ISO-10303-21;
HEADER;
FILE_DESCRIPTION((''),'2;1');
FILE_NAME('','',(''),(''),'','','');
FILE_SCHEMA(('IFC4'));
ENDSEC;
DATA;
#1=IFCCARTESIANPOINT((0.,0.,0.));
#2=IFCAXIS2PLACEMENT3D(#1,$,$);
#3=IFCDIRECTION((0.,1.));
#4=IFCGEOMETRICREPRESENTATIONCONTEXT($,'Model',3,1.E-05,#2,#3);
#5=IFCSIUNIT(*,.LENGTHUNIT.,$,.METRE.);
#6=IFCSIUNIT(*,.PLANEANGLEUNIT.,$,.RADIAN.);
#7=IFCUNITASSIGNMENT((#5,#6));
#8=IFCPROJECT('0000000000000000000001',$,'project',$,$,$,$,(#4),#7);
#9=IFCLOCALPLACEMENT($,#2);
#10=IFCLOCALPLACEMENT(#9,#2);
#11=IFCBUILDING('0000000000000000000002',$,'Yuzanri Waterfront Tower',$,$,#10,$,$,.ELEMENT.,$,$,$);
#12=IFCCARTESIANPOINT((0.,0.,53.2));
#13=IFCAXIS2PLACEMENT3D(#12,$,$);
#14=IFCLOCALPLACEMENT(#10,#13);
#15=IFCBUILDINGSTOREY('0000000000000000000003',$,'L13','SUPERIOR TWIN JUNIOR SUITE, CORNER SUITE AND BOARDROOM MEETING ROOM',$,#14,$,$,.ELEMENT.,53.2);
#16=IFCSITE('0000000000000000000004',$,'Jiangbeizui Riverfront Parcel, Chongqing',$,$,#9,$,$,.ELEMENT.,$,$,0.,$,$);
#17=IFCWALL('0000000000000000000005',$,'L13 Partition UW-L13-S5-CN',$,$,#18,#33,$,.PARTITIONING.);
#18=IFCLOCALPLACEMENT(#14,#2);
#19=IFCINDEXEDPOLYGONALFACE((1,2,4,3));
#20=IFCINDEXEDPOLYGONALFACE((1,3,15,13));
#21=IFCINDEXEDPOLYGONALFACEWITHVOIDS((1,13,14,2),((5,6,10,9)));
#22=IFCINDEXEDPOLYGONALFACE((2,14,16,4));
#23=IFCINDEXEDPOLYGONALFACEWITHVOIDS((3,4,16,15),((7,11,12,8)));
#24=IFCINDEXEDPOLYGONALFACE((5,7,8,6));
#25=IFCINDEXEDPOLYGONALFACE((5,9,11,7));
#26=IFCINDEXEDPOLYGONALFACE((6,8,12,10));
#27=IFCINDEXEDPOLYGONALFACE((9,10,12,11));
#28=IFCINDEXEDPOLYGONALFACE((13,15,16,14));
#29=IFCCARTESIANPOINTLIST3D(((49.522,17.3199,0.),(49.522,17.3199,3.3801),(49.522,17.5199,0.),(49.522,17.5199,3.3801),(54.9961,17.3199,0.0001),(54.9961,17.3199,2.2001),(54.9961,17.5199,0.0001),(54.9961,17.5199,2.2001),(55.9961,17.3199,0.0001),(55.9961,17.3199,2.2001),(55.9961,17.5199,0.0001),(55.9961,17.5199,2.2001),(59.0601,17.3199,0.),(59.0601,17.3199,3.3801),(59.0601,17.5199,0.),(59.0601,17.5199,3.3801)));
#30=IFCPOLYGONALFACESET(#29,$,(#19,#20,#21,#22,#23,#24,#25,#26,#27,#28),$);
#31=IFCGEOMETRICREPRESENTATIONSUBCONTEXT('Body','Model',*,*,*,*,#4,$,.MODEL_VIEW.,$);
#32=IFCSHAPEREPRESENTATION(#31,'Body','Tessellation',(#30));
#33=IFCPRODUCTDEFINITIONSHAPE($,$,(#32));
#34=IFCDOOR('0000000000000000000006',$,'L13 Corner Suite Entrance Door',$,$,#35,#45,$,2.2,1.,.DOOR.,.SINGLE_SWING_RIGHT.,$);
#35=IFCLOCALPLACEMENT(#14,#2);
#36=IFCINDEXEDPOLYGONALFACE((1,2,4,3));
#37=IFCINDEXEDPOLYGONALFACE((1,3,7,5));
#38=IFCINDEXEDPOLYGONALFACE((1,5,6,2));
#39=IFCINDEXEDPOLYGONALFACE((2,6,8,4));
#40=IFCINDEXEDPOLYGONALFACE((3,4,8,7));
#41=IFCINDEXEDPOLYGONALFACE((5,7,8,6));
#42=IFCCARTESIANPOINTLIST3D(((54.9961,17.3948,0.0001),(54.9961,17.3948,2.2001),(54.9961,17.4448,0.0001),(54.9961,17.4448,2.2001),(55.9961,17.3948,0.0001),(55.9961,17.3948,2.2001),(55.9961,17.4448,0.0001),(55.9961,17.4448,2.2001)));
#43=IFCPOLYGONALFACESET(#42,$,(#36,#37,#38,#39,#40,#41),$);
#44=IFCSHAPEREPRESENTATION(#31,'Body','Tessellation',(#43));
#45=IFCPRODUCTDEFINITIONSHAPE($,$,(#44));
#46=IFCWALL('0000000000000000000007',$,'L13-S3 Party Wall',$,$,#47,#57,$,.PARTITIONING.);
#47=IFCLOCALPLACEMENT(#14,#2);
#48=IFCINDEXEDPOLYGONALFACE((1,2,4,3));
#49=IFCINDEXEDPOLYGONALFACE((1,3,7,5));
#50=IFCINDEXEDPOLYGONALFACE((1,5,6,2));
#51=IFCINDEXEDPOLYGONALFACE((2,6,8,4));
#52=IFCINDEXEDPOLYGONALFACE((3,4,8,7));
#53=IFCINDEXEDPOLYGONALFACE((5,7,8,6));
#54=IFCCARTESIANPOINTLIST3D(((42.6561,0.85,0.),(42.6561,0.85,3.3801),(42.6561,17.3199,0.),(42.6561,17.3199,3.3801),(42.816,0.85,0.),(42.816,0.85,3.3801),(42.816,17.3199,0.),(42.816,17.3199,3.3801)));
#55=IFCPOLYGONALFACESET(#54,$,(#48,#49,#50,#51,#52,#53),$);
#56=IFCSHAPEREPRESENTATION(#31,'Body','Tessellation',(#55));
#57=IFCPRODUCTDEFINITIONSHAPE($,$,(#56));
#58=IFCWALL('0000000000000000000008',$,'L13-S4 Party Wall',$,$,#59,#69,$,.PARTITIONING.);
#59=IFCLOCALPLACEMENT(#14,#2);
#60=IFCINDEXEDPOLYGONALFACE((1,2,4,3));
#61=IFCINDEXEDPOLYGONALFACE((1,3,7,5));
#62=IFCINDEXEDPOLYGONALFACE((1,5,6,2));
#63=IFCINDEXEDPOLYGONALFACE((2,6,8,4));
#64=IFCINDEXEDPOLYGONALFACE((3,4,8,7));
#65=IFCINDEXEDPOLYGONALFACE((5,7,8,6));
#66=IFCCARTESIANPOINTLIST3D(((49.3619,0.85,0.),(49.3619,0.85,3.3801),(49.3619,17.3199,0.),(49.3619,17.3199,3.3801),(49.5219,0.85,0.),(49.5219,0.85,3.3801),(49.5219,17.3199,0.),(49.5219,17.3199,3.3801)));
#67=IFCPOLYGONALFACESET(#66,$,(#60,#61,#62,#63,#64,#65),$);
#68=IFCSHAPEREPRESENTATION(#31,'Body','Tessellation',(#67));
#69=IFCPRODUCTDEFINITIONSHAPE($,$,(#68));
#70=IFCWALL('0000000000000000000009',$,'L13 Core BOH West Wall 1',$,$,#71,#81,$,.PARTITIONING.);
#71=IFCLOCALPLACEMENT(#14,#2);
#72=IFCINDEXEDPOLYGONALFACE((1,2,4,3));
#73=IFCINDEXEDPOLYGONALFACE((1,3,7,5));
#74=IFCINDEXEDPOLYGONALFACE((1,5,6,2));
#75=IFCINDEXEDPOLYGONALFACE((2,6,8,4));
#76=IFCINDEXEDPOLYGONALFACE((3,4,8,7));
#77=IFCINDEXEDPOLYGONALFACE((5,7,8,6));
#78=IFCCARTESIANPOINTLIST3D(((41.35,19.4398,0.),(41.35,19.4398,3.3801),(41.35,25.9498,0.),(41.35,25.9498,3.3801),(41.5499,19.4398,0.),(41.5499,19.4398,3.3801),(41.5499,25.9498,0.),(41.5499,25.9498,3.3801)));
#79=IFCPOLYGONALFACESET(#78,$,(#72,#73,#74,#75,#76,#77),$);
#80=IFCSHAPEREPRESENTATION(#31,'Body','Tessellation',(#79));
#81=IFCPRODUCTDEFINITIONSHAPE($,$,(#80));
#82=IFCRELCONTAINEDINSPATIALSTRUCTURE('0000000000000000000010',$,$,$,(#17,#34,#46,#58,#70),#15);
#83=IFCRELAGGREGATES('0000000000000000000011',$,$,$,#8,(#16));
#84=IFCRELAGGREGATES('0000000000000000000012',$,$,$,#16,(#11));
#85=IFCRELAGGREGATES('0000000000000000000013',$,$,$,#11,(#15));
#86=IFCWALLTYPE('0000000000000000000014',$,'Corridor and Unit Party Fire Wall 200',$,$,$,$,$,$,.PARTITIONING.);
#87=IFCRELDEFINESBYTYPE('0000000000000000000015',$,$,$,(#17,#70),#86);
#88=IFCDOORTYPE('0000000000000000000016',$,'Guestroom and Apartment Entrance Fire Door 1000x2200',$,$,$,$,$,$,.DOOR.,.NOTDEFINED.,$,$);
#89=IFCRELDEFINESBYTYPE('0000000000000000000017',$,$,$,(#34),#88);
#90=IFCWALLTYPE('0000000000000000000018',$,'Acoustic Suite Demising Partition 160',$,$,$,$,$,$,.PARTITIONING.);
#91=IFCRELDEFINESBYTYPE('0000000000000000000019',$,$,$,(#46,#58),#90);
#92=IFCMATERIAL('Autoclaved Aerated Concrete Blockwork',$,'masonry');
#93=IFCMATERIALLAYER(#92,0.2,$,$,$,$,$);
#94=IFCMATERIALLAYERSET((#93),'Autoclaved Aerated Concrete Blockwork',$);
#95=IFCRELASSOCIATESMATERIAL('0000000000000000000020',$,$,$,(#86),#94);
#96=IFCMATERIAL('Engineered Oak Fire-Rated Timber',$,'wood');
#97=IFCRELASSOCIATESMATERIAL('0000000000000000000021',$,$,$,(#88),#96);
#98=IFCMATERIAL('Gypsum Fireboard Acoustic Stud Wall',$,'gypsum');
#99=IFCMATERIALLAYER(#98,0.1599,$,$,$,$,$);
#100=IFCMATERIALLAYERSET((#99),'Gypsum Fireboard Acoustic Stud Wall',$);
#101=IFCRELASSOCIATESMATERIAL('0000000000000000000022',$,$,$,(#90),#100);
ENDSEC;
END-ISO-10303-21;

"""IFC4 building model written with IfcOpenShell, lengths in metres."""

from ifc_helpers import new_model, si_unit, direction, frame, frame_2d, origin, place, context, subcontext, project, spatial, rectangle, extrude, source, transform, mapped, material, layer, layer_set, type_object, element, fill, save


model = new_model("IFC4")

# Units and contexts
model_context = context("Model", 3, precision=1e-05, world=origin(), true_north=direction((0.0, 1.0)))
body_context = subcontext(model_context, "Body", "Model", "MODEL_VIEW")
ifc_project = project(units=[si_unit("LENGTHUNIT", "METRE"), si_unit("PLANEANGLEUNIT", "RADIAN")], contexts=[model_context])

# Site, building, storey
site_placement = place(None, origin())
site = spatial("IfcSite", under=ifc_project, at=site_placement, Name="Jiangbeizui Riverfront Parcel, Chongqing", CompositionType="ELEMENT", RefElevation=0.0)
building_placement = place(site_placement, origin())
building = spatial("IfcBuilding", under=site, at=building_placement, Name="Yuzanri Waterfront Tower", CompositionType="ELEMENT")
storey_placement = place(building_placement, frame((0.0, 0.0, 53.2)))
storey = spatial("IfcBuildingStorey", under=building, at=storey_placement, Name="L13", Description="SUPERIOR TWIN JUNIOR SUITE, CORNER SUITE AND BOARDROOM MEETING ROOM", CompositionType="ELEMENT", Elevation=53.2)

# Wall, opening, door
ifc_material_1 = material(Name="Autoclaved Aerated Concrete Blockwork", Category="masonry")
ifc_layer_1 = layer(ifc_material_1, 0.2)
ifc_layer_set_1 = layer_set([ifc_layer_1], Name="Autoclaved Aerated Concrete Blockwork")
wall_type_1 = type_object("IfcWallType", Name="Corridor and Unit Party Fire Wall 200", PredefinedType="PARTITIONING", material=ifc_layer_set_1)
ifc_material_2 = material(Name="Engineered Oak Fire-Rated Timber", Category="wood")
door_type_1 = type_object("IfcDoorType", Name="Guestroom and Apartment Entrance Fire Door 1000x2200", OperationType="NOTDEFINED", PredefinedType="DOOR", material=ifc_material_2)
shared_shape_1 = source(origin(), body_context, "Body", "SweptSolid", [
    extrude(rectangle(XDim=1.0, YDim=2.2, at=frame_2d((0.5, 1.1001))), frame((0.0, 0.0249, 0.0), z_axis=(0.0, -1.0, 0.0), x_axis=(1.0, 0.0, 0.0)), (0.0, 0.0, 1.0), 0.05),
])
wall_1_placement = place(storey_placement, frame((49.522, 17.4199, 0.0), z_axis=(0.0, 0.0, 1.0), x_axis=(1.0, 0.0, 0.0)))
wall_1 = element("IfcWall", 1, at=wall_1_placement, inside=storey, type_object=wall_type_1, Name="L13 Partition UW-L13-S5-CN", PredefinedType="PARTITIONING", context=body_context, shape_type="SweptSolid", body=[
    extrude(rectangle(XDim=9.5381, YDim=0.2, at=frame_2d((4.769, 0.0))), origin(), (0.0, 0.0, 1.0), 3.3801),
])
opening_1_placement = place(wall_1_placement, frame((5.4741, 0.0, 0.0)))
opening_1 = element("IfcOpeningElement", 2, at=opening_1_placement, cuts=wall_1, PredefinedType="OPENING", context=body_context, shape_type="SweptSolid", body=[
    extrude(rectangle(XDim=1.0, YDim=2.2, at=frame_2d((0.5, 1.1001))), frame((0.0, 0.1147, 0.0), z_axis=(0.0, -1.0, 0.0), x_axis=(1.0, 0.0, 0.0)), (0.0, 0.0, 1.0), 0.2297),
])
door_1_placement = place(opening_1_placement, origin())
door_1 = element("IfcDoor", 3, at=door_1_placement, inside=storey, type_object=door_type_1, Name="L13 Corner Suite Entrance Door", OperationType="SINGLE_SWING_RIGHT", OverallHeight=2.2, OverallWidth=1.0, PredefinedType="DOOR", context=body_context, shape_type="MappedRepresentation", body=[
    mapped(shared_shape_1, transform((0.0, 0.0, 0.0), scale=1.0)),
])
fill(opening_1, door_1)

# Walls
ifc_material_3 = material(Name="Gypsum Fireboard Acoustic Stud Wall", Category="gypsum")
ifc_layer_2 = layer(ifc_material_3, 0.1599)
ifc_layer_set_2 = layer_set([ifc_layer_2], Name="Gypsum Fireboard Acoustic Stud Wall")
wall_type_2 = type_object("IfcWallType", Name="Acoustic Suite Demising Partition 160", PredefinedType="PARTITIONING", material=ifc_layer_set_2)
shared_shape_2 = source(origin(), body_context, "Body", "SweptSolid", [
    extrude(rectangle(XDim=16.47, YDim=0.1599, at=frame_2d((8.2349, 0.0))), origin(), (0.0, 0.0, 1.0), 3.3801),
])
for number, where, z_axis, x_axis, name in (
    (4, (42.7361, 0.8501, 0.0), (0.0, 0.0, 1.0), (0.0, 1.0, 0.0), "L13-S3 Party Wall"),
    (5, (49.4419, 0.8501, 0.0), (0.0, 0.0, 1.0), (0.0, 1.0, 0.0), "L13-S4 Party Wall"),
):
    element("IfcWall", number, at=place(storey_placement, frame(where, z_axis=z_axis, x_axis=x_axis)), inside=storey, type_object=wall_type_2, Name=name, PredefinedType="PARTITIONING", context=body_context, shape_type="MappedRepresentation", body=[
        mapped(shared_shape_2, transform((0.0, 0.0, 0.0), scale=1.0)),
    ])
shared_shape_3 = source(origin(), body_context, "Body", "SweptSolid", [
    extrude(rectangle(XDim=6.51, YDim=0.2, at=frame_2d((3.2549, 0.0))), origin(), (0.0, 0.0, 1.0), 3.3801),
])
wall_2_placement = place(storey_placement, frame((41.45, 19.4399, 0.0), z_axis=(0.0, 0.0, 1.0), x_axis=(0.0, 1.0, 0.0)))
element("IfcWall", 6, at=wall_2_placement, inside=storey, type_object=wall_type_1, Name="L13 Core BOH West Wall 1", PredefinedType="PARTITIONING", context=body_context, shape_type="MappedRepresentation", body=[
    mapped(shared_shape_3, transform((0.0, 0.0, 0.0), scale=1.0)),
])

save(model, "model.ifc")
